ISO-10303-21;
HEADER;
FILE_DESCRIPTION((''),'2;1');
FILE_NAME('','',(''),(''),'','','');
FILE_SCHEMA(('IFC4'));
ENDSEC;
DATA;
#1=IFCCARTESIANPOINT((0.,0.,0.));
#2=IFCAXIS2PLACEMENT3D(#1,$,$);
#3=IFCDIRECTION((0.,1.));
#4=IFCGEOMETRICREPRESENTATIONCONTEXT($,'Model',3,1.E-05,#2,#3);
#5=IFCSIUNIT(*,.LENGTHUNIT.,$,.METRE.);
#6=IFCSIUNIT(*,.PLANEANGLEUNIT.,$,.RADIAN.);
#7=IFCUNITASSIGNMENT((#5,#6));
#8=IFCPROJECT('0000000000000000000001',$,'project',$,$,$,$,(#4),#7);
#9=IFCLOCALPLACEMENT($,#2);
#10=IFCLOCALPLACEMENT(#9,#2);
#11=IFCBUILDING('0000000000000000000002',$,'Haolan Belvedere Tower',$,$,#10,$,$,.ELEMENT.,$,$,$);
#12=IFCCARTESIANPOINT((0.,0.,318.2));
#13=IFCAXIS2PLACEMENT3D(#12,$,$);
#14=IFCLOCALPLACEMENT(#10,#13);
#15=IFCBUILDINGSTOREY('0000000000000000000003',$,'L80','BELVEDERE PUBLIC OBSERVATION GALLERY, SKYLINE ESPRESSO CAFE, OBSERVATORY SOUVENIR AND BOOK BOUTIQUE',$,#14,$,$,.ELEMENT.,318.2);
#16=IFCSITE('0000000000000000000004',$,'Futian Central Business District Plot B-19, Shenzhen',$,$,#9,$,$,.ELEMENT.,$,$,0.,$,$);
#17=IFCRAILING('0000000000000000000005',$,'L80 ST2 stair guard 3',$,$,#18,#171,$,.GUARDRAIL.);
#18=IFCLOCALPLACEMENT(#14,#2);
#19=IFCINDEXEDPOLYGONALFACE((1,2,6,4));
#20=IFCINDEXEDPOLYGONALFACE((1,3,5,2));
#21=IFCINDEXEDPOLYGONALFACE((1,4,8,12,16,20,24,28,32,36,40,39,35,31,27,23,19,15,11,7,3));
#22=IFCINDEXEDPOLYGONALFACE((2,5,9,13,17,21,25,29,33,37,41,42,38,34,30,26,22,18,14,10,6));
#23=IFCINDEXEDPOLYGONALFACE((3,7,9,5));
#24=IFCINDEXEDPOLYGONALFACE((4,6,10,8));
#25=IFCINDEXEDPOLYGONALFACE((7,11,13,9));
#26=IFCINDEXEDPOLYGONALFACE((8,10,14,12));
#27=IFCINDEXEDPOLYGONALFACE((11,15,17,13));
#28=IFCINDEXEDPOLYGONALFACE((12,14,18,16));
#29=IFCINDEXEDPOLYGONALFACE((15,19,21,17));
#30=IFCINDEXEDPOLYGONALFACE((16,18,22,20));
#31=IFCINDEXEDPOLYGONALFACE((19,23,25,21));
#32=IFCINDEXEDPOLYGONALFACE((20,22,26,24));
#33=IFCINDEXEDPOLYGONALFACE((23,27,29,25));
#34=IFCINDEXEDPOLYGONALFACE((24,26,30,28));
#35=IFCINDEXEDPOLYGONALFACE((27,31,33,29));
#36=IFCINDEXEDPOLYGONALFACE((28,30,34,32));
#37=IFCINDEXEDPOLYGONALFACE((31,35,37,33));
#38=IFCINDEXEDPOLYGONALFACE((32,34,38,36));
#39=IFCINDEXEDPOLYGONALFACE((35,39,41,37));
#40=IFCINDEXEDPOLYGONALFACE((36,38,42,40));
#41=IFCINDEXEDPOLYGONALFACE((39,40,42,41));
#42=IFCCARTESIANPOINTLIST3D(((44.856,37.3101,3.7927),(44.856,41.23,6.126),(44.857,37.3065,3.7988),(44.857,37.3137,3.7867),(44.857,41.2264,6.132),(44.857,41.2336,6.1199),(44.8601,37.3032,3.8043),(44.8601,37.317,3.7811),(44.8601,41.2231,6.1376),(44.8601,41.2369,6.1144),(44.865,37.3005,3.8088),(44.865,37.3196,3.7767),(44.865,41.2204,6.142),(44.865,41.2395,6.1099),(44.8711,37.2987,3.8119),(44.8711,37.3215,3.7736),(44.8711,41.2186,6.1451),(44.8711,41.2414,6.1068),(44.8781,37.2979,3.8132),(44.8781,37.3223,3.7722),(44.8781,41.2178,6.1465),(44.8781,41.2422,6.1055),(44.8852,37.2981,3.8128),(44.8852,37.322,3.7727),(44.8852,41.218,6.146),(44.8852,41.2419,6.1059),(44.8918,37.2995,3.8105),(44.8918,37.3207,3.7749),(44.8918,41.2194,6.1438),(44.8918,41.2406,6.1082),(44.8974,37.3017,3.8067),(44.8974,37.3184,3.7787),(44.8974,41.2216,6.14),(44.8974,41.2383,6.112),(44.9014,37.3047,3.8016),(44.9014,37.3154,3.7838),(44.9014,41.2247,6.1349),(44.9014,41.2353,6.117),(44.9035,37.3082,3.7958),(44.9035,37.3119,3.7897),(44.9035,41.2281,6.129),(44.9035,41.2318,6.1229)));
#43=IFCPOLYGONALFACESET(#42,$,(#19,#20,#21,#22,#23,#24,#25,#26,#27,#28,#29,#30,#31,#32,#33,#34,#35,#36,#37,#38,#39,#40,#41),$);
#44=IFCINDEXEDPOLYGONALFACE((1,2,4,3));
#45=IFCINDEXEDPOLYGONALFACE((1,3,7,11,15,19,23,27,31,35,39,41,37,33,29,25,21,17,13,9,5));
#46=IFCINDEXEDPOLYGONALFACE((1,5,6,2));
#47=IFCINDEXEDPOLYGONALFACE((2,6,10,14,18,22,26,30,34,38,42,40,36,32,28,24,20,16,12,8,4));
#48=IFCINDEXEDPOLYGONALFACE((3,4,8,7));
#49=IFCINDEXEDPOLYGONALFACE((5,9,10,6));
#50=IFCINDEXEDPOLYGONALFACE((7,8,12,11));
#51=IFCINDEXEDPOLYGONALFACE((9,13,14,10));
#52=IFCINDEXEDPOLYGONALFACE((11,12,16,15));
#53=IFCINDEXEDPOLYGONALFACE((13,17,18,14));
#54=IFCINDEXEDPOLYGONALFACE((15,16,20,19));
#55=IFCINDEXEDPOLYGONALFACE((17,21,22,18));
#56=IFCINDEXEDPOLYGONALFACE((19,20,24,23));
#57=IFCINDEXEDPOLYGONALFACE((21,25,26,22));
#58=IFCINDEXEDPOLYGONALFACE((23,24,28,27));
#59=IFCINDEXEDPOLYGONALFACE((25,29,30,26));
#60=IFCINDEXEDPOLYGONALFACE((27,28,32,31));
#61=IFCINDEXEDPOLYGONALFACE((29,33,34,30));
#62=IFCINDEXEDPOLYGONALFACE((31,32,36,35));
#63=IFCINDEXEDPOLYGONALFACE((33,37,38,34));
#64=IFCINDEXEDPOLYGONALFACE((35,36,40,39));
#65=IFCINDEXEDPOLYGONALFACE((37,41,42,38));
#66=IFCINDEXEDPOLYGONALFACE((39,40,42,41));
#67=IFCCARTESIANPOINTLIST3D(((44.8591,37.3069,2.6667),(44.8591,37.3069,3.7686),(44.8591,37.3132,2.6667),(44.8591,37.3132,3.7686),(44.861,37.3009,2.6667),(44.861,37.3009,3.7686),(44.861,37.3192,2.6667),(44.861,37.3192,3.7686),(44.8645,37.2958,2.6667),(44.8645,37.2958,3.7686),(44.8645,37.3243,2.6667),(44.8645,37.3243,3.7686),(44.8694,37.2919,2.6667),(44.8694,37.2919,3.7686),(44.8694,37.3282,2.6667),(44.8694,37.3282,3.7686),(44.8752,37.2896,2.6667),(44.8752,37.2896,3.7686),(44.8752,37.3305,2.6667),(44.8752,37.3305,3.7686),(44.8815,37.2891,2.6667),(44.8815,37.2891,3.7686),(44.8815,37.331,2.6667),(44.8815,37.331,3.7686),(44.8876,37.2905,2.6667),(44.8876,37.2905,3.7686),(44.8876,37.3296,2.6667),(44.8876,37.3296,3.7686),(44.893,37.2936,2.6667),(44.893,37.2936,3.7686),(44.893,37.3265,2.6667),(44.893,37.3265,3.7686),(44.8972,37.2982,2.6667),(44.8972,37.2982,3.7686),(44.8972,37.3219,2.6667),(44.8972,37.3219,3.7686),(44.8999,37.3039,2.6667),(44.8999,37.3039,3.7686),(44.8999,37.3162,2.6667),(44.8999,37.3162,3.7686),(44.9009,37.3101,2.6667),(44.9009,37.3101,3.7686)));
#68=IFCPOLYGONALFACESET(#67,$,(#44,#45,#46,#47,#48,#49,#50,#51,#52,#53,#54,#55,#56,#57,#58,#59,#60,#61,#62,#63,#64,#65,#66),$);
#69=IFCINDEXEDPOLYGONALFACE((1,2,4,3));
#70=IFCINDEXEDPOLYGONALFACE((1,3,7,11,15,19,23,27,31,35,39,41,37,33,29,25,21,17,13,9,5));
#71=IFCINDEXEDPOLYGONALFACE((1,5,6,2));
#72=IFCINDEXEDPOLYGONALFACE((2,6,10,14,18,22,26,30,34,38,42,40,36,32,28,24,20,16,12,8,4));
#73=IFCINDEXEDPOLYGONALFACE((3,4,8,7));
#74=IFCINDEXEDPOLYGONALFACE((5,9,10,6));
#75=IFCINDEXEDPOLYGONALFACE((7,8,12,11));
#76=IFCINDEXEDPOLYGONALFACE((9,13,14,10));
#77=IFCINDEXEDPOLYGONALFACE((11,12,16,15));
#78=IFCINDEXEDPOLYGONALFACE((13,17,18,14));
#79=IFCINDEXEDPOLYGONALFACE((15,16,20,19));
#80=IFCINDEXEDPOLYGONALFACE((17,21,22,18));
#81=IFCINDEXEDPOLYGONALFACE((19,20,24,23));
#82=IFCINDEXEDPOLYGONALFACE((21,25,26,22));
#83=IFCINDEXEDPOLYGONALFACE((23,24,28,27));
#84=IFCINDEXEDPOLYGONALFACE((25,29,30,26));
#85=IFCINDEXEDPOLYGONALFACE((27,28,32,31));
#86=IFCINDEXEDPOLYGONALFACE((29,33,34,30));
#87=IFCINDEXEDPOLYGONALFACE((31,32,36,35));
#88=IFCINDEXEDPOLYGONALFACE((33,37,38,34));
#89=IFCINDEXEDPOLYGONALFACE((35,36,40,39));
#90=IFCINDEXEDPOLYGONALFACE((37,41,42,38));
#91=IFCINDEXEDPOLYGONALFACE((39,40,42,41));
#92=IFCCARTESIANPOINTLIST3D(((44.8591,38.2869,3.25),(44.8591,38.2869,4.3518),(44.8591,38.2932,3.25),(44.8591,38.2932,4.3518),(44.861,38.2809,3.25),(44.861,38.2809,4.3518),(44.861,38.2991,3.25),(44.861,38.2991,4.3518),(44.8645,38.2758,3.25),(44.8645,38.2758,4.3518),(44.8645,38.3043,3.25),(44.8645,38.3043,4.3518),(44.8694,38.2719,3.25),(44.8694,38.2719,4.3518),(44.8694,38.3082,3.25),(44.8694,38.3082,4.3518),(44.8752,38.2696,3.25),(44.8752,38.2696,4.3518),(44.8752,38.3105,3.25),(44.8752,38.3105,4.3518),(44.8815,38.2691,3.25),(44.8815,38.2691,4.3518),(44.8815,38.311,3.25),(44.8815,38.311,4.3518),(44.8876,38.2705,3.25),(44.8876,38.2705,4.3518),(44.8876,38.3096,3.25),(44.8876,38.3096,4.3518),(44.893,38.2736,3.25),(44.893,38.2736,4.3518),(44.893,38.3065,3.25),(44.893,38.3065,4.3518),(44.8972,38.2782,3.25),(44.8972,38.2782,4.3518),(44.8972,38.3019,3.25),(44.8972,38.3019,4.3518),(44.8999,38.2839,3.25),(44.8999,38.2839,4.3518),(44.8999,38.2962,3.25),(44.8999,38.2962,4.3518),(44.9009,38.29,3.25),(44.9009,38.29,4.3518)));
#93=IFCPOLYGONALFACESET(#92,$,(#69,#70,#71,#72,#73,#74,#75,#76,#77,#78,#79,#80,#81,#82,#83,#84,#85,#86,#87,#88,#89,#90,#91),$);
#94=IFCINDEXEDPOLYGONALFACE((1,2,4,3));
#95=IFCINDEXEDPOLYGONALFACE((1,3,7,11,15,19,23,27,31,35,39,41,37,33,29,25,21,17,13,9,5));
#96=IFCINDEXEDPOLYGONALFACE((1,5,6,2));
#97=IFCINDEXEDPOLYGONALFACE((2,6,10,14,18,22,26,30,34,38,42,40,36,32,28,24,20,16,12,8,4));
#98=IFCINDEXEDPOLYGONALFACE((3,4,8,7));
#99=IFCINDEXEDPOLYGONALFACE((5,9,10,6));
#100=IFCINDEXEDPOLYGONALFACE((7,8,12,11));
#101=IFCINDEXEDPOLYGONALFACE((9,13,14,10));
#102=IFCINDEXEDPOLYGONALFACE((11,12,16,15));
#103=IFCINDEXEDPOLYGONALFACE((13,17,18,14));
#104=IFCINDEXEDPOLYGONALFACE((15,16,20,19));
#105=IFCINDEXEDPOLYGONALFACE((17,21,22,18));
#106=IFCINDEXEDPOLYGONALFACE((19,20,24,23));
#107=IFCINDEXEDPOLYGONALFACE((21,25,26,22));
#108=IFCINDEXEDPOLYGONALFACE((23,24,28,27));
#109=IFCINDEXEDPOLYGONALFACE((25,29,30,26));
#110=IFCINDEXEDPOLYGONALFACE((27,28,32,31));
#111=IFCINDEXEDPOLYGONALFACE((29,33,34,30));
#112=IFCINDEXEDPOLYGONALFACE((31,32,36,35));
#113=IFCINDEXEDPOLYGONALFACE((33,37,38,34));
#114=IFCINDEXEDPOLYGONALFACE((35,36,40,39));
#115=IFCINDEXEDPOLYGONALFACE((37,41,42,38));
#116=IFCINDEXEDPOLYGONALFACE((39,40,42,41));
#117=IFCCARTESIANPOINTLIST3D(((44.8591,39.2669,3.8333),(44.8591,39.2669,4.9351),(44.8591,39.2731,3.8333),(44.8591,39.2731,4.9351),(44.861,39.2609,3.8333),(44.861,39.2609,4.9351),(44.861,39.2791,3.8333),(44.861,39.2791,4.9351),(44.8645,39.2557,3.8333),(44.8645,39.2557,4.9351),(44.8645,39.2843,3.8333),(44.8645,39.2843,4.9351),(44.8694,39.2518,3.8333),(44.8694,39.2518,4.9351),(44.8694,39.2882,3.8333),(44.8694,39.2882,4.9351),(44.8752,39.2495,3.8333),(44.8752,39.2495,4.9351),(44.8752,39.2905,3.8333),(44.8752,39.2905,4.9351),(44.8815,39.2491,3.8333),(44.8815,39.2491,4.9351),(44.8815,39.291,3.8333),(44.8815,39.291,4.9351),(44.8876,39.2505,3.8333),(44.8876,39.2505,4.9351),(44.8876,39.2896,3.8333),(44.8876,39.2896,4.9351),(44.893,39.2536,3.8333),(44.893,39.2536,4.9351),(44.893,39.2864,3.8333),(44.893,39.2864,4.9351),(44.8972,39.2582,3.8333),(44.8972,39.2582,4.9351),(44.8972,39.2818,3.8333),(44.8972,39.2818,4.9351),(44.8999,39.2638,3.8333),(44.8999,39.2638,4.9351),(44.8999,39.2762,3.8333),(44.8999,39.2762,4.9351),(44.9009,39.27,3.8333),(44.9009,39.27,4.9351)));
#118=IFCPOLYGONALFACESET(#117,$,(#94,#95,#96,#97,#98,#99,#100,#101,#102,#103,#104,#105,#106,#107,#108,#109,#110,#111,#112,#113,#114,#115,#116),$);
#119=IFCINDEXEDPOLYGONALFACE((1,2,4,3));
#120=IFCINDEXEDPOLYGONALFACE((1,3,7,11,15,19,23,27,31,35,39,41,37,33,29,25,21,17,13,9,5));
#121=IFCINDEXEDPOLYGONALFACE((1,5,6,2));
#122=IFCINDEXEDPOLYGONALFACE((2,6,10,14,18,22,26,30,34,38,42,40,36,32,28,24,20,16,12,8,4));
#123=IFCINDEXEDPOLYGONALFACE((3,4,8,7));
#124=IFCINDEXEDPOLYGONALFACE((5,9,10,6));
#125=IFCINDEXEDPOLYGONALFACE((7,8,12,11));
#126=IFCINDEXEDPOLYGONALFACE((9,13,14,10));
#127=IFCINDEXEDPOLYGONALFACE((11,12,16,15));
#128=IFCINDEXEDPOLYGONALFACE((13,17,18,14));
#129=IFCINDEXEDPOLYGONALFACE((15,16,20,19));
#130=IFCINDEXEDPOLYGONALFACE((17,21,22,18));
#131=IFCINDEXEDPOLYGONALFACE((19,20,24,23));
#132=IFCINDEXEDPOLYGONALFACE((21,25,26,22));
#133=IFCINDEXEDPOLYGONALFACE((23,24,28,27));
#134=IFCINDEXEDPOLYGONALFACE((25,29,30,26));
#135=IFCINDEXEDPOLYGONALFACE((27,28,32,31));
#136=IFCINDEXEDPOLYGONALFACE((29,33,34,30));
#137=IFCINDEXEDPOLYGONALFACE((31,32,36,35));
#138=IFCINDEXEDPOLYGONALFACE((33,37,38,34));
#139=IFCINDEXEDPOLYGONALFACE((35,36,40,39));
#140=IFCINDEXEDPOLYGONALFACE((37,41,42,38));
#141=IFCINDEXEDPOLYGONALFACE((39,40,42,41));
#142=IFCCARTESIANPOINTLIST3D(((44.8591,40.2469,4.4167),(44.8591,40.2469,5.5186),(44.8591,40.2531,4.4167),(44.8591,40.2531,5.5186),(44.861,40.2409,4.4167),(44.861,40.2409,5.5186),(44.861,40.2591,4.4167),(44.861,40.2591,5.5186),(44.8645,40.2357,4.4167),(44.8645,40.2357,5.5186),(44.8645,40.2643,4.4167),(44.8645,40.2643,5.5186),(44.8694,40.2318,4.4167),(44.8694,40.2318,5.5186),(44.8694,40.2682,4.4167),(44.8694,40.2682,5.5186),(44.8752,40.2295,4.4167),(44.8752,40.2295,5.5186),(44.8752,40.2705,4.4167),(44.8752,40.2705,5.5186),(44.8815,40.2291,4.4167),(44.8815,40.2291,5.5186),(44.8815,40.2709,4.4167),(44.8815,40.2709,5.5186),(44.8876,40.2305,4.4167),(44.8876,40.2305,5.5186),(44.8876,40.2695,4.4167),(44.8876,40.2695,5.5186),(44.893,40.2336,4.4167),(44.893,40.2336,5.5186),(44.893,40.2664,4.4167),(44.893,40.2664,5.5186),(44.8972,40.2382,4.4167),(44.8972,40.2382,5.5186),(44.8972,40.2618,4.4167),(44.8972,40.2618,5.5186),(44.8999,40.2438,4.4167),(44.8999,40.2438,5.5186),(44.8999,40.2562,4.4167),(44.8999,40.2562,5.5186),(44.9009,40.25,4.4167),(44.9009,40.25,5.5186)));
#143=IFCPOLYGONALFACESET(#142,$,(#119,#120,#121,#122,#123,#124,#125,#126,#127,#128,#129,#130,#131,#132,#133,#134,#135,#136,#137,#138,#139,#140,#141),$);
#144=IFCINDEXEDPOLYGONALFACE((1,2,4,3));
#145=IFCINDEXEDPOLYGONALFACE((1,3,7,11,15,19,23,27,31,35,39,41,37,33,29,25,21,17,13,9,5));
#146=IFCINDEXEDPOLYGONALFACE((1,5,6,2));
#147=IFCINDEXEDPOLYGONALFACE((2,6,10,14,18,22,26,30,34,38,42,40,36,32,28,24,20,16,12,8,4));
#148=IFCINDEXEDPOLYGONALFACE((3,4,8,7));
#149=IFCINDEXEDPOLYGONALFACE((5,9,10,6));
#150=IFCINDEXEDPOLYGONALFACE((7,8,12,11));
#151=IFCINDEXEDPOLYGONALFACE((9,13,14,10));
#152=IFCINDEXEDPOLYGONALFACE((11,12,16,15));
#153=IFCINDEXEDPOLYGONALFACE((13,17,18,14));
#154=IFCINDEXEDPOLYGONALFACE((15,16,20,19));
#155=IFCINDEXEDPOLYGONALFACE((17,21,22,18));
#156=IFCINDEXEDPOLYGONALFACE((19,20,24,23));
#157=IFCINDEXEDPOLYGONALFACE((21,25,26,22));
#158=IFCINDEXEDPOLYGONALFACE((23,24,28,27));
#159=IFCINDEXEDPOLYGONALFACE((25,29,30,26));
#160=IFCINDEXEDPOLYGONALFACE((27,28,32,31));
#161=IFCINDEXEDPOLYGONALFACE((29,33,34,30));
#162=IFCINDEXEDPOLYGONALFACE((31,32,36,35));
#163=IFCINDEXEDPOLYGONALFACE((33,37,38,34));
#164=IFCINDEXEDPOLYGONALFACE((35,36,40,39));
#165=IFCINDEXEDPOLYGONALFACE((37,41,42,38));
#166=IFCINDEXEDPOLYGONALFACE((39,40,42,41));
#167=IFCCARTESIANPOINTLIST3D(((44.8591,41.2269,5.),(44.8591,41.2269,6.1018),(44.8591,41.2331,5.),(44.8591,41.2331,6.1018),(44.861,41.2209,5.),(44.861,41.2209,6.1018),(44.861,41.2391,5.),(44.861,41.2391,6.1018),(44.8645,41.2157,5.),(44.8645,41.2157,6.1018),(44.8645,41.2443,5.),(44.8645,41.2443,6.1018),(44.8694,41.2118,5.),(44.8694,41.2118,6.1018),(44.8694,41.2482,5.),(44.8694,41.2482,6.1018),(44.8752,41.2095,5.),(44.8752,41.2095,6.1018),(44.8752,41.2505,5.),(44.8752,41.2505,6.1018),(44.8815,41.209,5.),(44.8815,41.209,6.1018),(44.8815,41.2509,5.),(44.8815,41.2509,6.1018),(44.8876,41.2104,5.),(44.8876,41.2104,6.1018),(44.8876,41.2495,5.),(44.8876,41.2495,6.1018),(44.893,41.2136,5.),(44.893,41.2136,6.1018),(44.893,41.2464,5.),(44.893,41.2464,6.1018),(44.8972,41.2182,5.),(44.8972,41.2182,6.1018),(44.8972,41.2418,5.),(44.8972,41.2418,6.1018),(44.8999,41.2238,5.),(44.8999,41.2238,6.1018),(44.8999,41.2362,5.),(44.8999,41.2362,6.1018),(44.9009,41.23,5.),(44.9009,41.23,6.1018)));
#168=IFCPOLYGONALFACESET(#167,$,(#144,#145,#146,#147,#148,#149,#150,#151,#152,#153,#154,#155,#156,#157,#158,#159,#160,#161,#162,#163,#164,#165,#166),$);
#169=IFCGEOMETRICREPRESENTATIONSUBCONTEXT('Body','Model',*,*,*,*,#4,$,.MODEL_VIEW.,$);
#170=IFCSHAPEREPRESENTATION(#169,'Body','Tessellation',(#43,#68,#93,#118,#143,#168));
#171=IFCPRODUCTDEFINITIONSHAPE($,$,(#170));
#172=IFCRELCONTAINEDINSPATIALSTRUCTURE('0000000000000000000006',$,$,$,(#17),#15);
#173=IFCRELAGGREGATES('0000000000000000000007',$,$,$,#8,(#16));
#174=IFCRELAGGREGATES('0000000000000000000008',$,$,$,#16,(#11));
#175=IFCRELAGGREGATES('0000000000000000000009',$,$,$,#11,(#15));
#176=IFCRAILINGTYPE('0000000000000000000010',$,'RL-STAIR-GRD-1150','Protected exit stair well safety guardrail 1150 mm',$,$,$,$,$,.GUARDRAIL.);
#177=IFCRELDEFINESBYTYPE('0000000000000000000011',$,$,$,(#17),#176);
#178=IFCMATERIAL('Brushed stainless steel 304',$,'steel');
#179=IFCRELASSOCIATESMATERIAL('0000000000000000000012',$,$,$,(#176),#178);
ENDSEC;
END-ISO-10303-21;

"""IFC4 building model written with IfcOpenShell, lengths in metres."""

from ifc_helpers import new_model, si_unit, direction, frame, origin, origin_2d, place, context, subcontext, project, spatial, circle, extrude, material, type_object, element, save


model = new_model("IFC4")

# Units and contexts
model_context = context("Model", 3, precision=1e-05, world=origin(), true_north=direction((0.0, 1.0)))
body_context = subcontext(model_context, "Body", "Model", "MODEL_VIEW")
ifc_project = project(units=[si_unit("LENGTHUNIT", "METRE"), si_unit("PLANEANGLEUNIT", "RADIAN")], contexts=[model_context])

# Site, building, storey
site_placement = place(None, origin())
site = spatial("IfcSite", under=ifc_project, at=site_placement, Name="Futian Central Business District Plot B-19, Shenzhen", CompositionType="ELEMENT", RefElevation=0.0)
building_placement = place(site_placement, origin())
building = spatial("IfcBuilding", under=site, at=building_placement, Name="Haolan Belvedere Tower", CompositionType="ELEMENT")
storey_placement = place(building_placement, frame((0.0, 0.0, 318.2)))
storey = spatial("IfcBuildingStorey", under=building, at=storey_placement, Name="L80", Description="BELVEDERE PUBLIC OBSERVATION GALLERY, SKYLINE ESPRESSO CAFE, OBSERVATORY SOUVENIR AND BOOK BOUTIQUE", CompositionType="ELEMENT", Elevation=318.2)

# Railing
ifc_material_1 = material(Name="Brushed stainless steel 304", Category="steel")
railing_type_1 = type_object("IfcRailingType", Name="RL-STAIR-GRD-1150", Description="Protected exit stair well safety guardrail 1150 mm", PredefinedType="GUARDRAIL", material=ifc_material_1)
railing_1_placement = place(storey_placement, frame((44.8799, 37.3101, 2.6667)))
element("IfcRailing", 1, at=railing_1_placement, inside=storey, type_object=railing_type_1, Name="L80 ST2 stair guard 3", PredefinedType="GUARDRAIL", context=body_context, shape_type="SweptSolid", body=[
    extrude(circle(Radius=0.0239, at=origin_2d()), frame((0.0, 0.0, 1.126), z_axis=(0.0, 0.859296, 0.511478), x_axis=(-1.0, 0.0, 0.0)), (0.0, 0.0, 1.0), 4.5618),
    extrude(circle(Radius=0.021, at=origin_2d()), origin(), (0.0, 0.0, 1.0), 1.1018),
    extrude(circle(Radius=0.021, at=origin_2d()), frame((0.0, 0.98, 0.5833)), (0.0, 0.0, 1.0), 1.1018),
    extrude(circle(Radius=0.021, at=origin_2d()), frame((0.0, 1.96, 1.1665)), (0.0, 0.0, 1.0), 1.1018),
    extrude(circle(Radius=0.021, at=origin_2d()), frame((0.0, 2.9399, 1.75)), (0.0, 0.0, 1.0), 1.1018),
    extrude(circle(Radius=0.021, at=origin_2d()), frame((0.0, 3.9199, 2.3333)), (0.0, 0.0, 1.0), 1.1018),
])

save(model, "model.ifc")
